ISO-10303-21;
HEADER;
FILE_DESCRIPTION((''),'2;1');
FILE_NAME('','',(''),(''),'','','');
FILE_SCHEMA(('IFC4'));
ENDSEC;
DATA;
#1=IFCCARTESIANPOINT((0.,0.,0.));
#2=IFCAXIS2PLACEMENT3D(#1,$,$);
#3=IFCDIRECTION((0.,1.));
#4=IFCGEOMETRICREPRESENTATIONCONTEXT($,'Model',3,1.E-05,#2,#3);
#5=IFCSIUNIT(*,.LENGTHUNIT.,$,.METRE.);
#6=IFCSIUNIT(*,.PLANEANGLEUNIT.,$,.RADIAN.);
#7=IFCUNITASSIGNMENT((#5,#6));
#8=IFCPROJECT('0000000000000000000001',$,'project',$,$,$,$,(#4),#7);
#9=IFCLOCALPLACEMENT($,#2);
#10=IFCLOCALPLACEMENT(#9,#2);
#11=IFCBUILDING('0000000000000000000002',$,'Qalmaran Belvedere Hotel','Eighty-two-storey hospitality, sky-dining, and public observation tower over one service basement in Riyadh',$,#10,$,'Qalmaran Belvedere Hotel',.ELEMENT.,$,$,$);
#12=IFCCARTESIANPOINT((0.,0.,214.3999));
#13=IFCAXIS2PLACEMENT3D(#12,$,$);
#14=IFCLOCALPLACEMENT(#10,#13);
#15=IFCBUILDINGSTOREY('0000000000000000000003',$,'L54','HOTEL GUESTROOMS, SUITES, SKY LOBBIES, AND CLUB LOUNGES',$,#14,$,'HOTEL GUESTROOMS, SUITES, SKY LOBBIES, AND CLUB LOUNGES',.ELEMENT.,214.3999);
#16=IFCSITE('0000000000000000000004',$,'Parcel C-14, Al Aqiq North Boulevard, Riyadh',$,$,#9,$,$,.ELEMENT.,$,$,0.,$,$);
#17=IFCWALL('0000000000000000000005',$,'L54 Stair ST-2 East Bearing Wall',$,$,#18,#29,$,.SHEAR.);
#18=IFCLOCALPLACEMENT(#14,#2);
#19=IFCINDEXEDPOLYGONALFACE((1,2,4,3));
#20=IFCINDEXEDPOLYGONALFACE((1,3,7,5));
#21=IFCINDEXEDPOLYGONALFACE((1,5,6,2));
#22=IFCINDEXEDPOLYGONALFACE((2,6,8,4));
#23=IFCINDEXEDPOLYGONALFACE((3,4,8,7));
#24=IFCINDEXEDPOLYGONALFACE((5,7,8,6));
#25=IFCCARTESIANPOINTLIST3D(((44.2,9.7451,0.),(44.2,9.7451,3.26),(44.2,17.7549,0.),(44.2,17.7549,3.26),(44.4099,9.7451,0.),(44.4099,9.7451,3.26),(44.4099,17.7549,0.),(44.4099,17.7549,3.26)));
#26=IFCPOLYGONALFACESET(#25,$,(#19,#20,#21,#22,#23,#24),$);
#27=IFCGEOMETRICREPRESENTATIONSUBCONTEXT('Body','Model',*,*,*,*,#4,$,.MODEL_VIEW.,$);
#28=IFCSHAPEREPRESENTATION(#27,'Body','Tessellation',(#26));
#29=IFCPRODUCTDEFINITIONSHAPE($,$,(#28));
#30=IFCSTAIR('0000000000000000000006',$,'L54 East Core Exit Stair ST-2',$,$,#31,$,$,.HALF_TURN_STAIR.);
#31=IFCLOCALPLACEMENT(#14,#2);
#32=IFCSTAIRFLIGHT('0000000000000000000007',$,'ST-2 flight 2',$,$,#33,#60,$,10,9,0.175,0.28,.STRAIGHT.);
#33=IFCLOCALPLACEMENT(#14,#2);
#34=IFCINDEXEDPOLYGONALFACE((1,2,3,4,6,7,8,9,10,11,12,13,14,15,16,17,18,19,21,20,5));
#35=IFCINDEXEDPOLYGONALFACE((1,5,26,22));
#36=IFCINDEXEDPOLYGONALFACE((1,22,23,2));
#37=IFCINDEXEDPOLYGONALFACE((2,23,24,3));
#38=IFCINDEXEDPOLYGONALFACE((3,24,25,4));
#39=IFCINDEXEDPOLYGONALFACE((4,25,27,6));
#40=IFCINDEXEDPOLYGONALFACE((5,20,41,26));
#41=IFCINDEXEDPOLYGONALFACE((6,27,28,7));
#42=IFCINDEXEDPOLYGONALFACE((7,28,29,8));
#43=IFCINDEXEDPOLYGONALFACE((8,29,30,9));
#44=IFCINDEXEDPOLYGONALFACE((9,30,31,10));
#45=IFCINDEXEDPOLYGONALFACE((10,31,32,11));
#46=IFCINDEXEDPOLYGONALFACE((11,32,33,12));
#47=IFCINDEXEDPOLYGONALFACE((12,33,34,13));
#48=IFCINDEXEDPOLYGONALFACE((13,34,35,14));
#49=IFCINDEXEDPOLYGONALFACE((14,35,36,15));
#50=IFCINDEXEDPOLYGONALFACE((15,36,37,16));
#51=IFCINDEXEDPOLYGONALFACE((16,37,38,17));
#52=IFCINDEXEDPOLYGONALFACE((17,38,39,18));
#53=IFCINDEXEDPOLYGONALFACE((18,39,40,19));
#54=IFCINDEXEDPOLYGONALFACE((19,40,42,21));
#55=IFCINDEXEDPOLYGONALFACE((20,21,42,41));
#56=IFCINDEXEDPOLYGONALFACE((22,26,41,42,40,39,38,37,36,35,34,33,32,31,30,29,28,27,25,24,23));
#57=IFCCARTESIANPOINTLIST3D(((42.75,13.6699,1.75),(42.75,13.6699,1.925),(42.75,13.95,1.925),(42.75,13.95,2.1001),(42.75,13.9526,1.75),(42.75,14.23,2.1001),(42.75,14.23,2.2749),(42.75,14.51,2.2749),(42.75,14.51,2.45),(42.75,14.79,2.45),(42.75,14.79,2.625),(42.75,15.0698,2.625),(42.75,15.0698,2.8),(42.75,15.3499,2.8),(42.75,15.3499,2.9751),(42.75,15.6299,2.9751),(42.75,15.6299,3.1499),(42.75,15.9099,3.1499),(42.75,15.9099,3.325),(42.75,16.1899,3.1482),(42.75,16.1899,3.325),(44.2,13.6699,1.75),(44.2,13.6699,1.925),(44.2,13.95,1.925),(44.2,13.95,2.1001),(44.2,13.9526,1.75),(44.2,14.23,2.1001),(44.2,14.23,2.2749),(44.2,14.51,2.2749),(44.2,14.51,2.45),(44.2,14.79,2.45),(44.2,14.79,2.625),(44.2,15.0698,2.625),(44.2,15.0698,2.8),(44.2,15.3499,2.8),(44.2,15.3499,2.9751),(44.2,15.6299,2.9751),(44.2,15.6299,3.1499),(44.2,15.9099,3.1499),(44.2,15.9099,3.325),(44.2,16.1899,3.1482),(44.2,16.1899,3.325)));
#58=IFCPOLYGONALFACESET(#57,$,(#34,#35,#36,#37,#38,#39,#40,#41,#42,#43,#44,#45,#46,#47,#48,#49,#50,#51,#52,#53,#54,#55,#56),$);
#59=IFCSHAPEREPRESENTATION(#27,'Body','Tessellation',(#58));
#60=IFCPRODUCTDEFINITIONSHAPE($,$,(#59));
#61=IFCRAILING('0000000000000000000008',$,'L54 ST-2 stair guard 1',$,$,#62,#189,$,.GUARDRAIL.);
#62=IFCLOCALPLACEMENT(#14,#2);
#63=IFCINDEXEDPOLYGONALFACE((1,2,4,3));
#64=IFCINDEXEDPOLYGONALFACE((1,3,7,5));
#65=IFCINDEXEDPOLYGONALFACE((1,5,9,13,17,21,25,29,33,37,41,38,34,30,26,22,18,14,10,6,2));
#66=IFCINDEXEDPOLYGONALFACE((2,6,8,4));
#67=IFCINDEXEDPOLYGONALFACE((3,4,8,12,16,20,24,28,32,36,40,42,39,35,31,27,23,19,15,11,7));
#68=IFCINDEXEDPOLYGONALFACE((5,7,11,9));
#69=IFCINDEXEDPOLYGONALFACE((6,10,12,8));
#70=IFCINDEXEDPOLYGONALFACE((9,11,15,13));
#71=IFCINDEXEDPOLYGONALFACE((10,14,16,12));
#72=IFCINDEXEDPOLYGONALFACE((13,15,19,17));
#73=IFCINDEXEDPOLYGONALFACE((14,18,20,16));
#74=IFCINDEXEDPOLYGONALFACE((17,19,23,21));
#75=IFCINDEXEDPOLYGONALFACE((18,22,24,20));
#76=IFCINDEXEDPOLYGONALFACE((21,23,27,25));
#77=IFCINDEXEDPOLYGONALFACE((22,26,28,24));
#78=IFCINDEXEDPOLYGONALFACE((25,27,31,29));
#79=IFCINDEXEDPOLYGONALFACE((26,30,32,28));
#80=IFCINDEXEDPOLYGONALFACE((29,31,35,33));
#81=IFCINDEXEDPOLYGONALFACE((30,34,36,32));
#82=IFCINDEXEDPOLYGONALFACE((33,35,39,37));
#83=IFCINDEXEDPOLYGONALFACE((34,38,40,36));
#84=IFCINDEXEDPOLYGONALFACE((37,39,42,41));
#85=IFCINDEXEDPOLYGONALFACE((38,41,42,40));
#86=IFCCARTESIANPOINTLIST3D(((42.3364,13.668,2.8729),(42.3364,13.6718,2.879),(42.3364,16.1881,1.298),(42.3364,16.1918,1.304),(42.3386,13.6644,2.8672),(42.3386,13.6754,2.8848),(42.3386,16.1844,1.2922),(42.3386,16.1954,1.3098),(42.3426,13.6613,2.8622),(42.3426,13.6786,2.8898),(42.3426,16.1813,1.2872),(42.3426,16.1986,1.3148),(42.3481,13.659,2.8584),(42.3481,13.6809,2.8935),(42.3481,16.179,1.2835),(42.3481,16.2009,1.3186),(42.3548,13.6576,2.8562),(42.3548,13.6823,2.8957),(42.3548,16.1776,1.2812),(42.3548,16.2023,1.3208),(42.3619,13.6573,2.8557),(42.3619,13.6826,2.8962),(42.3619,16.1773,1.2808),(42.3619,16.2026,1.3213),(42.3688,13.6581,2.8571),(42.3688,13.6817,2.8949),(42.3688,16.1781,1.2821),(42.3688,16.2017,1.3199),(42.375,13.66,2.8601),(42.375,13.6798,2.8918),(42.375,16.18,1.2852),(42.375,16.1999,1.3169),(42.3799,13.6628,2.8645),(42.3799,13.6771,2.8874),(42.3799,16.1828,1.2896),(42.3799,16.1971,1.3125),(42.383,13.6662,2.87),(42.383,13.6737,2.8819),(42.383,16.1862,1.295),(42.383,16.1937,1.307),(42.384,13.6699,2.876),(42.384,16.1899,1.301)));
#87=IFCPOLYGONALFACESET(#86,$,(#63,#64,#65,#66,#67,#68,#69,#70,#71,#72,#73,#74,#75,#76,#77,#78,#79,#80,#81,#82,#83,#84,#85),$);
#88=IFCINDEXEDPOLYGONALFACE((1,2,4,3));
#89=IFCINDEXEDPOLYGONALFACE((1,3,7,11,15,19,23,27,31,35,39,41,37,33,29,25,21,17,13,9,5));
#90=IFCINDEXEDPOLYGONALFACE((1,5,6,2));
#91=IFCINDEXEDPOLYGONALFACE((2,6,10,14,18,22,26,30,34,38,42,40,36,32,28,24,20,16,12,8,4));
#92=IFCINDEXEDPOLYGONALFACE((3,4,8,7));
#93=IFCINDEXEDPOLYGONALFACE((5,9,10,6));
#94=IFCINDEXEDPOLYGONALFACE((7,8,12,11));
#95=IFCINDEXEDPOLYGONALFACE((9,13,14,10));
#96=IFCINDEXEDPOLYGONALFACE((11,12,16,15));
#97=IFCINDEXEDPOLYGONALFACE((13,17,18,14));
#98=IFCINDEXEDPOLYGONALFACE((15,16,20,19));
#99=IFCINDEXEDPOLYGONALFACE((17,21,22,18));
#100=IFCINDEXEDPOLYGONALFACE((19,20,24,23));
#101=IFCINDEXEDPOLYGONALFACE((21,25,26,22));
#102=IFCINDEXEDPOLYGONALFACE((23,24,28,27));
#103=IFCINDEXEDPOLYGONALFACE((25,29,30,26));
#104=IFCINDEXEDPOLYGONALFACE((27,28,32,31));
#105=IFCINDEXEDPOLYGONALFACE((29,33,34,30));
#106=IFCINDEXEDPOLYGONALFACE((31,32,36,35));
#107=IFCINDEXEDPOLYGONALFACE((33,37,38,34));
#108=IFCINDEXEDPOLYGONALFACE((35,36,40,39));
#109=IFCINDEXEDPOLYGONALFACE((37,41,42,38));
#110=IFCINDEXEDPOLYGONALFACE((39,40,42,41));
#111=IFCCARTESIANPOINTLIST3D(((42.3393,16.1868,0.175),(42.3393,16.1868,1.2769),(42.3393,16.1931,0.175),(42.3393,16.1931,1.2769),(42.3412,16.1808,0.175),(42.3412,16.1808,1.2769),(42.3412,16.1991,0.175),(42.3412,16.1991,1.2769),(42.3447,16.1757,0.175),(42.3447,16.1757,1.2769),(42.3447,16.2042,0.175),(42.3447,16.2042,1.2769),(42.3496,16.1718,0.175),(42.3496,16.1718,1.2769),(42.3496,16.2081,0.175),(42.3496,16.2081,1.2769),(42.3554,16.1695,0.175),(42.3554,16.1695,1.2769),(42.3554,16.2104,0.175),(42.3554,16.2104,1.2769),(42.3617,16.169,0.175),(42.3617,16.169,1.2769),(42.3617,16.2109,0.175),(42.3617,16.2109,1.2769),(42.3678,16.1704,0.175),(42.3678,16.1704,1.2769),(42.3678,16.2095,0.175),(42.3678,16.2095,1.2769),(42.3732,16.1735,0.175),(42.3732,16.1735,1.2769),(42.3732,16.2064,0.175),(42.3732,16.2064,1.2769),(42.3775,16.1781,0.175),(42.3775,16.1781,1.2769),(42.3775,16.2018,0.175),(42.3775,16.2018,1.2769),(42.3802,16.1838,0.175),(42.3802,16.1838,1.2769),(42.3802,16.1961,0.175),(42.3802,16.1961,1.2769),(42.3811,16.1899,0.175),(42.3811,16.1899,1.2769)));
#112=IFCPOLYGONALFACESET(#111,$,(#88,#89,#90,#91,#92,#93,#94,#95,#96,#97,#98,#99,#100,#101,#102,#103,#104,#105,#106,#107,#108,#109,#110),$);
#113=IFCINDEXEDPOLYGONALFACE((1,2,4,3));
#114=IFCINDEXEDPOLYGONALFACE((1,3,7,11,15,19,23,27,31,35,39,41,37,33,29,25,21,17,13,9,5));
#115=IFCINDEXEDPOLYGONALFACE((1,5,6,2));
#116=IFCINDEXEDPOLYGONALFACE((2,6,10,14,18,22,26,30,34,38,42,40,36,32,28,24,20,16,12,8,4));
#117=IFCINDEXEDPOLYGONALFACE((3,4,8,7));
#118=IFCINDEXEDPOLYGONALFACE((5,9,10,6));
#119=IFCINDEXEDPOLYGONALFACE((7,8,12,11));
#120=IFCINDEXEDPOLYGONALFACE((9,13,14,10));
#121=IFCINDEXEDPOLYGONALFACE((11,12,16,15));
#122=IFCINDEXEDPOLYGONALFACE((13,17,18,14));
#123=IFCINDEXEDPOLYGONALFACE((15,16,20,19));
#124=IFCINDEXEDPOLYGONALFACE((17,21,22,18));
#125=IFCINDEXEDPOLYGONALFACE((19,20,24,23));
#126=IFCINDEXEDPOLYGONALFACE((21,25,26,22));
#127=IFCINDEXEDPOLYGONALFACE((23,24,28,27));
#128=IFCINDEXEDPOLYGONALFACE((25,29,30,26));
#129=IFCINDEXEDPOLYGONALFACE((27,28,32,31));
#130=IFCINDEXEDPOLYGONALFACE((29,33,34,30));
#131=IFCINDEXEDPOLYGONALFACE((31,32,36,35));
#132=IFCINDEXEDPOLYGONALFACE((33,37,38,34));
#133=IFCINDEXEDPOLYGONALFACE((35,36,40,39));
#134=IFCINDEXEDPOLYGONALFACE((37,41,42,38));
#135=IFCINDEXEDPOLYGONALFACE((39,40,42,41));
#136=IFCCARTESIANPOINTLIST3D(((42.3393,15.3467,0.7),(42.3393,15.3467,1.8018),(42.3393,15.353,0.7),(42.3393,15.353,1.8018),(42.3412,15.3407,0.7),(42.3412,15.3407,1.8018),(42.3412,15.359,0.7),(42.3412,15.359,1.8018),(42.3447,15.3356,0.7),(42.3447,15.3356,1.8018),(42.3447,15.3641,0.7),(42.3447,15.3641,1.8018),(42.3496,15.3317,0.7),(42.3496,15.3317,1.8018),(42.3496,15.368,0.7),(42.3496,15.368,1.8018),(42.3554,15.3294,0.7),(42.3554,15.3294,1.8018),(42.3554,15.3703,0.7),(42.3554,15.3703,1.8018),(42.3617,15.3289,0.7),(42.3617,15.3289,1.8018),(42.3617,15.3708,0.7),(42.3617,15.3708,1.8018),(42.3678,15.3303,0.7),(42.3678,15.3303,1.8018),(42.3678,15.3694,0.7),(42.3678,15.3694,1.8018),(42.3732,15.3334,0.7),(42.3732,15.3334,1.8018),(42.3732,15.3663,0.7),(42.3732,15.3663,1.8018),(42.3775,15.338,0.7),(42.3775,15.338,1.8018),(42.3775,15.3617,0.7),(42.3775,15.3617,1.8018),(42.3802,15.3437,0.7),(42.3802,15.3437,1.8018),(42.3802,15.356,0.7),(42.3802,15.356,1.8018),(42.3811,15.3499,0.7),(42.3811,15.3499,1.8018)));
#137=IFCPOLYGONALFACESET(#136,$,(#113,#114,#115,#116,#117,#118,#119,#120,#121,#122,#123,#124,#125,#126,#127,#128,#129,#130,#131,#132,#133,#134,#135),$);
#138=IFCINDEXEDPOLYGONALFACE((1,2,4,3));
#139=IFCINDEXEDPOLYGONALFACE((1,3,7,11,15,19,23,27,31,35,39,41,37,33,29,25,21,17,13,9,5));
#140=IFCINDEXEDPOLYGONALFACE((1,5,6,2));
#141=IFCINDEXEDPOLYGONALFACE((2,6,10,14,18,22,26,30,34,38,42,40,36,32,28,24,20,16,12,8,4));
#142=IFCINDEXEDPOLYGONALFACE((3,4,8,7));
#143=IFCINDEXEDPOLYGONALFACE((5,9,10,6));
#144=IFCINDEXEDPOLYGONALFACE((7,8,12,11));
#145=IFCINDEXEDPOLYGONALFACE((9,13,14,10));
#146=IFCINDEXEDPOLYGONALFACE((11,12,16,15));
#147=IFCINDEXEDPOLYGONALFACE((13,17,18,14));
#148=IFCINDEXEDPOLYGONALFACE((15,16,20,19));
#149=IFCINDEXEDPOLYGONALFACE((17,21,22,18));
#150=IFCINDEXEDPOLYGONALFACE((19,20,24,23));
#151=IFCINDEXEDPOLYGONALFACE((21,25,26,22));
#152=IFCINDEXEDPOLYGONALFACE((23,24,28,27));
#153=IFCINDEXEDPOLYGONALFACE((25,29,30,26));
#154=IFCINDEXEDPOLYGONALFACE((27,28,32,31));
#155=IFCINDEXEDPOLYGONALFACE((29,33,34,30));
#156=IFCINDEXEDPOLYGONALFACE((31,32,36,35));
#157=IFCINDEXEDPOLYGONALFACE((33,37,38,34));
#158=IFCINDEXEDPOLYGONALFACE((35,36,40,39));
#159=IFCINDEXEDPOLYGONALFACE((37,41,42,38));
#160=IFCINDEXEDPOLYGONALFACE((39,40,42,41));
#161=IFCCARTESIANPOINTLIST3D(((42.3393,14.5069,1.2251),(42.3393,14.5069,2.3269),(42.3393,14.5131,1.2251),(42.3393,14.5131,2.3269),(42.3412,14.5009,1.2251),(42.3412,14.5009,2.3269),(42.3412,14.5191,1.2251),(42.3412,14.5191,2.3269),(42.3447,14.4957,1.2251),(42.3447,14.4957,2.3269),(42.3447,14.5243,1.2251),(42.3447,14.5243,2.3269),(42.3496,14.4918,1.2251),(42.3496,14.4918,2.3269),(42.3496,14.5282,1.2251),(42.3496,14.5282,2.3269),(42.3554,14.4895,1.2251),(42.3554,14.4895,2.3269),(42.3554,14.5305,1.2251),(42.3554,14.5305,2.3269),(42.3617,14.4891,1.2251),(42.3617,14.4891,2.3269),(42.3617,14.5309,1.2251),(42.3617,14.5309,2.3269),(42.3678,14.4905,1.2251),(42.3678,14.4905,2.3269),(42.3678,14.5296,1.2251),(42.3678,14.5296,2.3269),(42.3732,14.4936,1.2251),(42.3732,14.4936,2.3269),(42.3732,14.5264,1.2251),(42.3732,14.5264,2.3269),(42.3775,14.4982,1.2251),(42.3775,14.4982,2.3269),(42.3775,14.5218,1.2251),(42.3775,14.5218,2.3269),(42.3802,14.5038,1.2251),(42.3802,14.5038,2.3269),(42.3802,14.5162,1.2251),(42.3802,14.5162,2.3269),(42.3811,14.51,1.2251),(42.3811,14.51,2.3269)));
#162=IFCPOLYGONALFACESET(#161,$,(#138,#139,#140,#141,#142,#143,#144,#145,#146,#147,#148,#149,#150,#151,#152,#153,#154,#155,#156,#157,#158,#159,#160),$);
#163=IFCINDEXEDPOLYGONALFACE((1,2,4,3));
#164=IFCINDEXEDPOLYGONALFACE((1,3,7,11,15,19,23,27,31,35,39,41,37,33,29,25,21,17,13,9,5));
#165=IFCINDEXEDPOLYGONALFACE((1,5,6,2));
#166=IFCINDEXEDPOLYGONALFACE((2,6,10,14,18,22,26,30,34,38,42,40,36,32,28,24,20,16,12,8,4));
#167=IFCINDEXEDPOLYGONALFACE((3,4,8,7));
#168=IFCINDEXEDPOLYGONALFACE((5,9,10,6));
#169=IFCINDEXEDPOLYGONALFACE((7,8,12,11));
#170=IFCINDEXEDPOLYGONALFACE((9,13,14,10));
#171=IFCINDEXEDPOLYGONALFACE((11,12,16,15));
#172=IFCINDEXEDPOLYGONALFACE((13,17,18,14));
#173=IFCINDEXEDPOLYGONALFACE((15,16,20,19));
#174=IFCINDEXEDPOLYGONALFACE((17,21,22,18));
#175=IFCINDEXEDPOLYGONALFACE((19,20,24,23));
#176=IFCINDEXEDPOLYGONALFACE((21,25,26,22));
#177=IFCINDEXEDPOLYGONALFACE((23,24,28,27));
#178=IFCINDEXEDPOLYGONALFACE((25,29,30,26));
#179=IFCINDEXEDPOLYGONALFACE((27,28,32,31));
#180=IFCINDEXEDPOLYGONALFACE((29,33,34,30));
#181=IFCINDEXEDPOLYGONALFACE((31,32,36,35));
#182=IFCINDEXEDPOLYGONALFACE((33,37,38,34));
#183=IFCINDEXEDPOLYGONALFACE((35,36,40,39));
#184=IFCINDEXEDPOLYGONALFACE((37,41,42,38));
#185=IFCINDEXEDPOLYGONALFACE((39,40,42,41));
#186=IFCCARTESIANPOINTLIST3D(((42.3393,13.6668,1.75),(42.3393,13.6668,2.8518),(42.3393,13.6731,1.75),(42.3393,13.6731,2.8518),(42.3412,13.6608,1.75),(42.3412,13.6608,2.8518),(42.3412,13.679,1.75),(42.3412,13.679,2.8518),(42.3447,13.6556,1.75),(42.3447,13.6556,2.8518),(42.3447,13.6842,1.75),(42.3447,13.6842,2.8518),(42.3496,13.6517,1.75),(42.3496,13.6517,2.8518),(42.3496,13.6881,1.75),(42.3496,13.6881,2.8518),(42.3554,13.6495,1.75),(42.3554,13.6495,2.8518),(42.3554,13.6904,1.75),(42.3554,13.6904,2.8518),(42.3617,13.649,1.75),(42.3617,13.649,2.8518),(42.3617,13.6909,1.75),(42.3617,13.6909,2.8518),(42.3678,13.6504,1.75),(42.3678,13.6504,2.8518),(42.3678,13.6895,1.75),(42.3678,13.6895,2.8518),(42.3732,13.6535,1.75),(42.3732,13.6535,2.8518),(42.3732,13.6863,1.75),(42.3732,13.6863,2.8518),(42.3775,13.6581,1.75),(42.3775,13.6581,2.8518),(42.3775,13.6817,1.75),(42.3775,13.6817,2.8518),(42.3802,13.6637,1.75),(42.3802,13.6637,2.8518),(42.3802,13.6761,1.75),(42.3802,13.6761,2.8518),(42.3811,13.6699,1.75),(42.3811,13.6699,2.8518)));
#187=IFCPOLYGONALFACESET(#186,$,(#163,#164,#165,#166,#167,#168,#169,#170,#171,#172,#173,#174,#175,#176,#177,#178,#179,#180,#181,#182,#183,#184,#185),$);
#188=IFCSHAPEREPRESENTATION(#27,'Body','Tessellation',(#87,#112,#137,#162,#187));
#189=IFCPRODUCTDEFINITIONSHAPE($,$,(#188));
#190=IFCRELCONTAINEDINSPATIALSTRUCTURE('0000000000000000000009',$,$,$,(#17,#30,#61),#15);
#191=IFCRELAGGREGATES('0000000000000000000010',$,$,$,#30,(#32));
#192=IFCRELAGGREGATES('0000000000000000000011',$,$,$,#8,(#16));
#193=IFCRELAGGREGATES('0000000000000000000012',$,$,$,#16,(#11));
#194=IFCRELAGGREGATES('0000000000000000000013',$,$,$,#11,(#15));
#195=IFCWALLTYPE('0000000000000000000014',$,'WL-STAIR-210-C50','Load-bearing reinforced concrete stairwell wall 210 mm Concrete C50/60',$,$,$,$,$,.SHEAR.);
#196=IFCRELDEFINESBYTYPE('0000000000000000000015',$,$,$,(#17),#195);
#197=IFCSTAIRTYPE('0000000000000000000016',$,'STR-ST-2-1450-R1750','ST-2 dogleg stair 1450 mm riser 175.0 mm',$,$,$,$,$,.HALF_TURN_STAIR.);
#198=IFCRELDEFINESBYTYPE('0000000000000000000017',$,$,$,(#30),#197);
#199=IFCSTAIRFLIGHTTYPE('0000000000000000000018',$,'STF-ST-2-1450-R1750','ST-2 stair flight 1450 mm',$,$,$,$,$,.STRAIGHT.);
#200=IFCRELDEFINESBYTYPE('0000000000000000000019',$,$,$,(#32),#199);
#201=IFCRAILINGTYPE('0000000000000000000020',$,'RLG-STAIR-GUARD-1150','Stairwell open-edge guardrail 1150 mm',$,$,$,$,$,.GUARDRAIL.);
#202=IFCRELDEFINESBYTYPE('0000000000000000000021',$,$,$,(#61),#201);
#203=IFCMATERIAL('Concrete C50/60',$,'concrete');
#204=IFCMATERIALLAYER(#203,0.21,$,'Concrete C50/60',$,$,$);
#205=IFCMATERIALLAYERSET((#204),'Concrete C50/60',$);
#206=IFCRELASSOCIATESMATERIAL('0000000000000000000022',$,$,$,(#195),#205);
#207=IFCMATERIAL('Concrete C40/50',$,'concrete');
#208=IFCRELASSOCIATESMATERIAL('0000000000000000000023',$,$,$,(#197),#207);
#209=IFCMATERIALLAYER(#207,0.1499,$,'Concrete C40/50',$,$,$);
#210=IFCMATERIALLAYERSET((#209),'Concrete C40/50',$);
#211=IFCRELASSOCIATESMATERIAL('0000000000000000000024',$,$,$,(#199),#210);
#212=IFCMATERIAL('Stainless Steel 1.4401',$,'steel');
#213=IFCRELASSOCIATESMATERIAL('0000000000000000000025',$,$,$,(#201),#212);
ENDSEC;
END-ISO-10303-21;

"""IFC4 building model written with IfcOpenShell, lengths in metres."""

from ifc_helpers import new_model, si_unit, direction, frame, frame_2d, origin, origin_2d, place, context, subcontext, project, spatial, polyline, rectangle, circle, outline, extrude, material, layer, layer_set, type_object, element, aggregate, save


model = new_model("IFC4")

# Units and contexts
model_context = context("Model", 3, precision=1e-05, world=origin(), true_north=direction((0.0, 1.0)))
body_context = subcontext(model_context, "Body", "Model", "MODEL_VIEW")
ifc_project = project(units=[si_unit("LENGTHUNIT", "METRE"), si_unit("PLANEANGLEUNIT", "RADIAN")], contexts=[model_context])

# Site, building, storey
site_placement = place(None, origin())
site = spatial("IfcSite", under=ifc_project, at=site_placement, Name="Parcel C-14, Al Aqiq North Boulevard, Riyadh", CompositionType="ELEMENT", RefElevation=0.0)
building_placement = place(site_placement, origin())
building = spatial("IfcBuilding", under=site, at=building_placement, Name="Qalmaran Belvedere Hotel", Description="Eighty-two-storey hospitality, sky-dining, and public observation tower over one service basement in Riyadh", LongName="Qalmaran Belvedere Hotel", CompositionType="ELEMENT")
storey_placement = place(building_placement, frame((0.0, 0.0, 214.3999)))
storey = spatial("IfcBuildingStorey", under=building, at=storey_placement, Name="L54", Description="HOTEL GUESTROOMS, SUITES, SKY LOBBIES, AND CLUB LOUNGES", LongName="HOTEL GUESTROOMS, SUITES, SKY LOBBIES, AND CLUB LOUNGES", CompositionType="ELEMENT", Elevation=214.3999)

# Shared definitions
ifc_material_1 = material(Name="Concrete C50/60", Category="concrete")

# Wall
ifc_layer_1 = layer(ifc_material_1, 0.21, Name="Concrete C50/60")
ifc_layer_set_1 = layer_set([ifc_layer_1], Name="Concrete C50/60")
wall_type_1 = type_object("IfcWallType", Name="WL-STAIR-210-C50", Description="Load-bearing reinforced concrete stairwell wall 210 mm Concrete C50/60", PredefinedType="SHEAR", material=ifc_layer_set_1)
wall_1_placement = place(storey_placement, frame((44.3049, 9.7451, 0.0), z_axis=(0.0, 0.0, 1.0), x_axis=(0.0, 1.0, 0.0)))
element("IfcWall", 1, at=wall_1_placement, inside=storey, type_object=wall_type_1, Name="L54 Stair ST-2 East Bearing Wall", PredefinedType="SHEAR", context=body_context, shape_type="SweptSolid", body=[
    extrude(rectangle(XDim=8.0098, YDim=0.21, at=frame_2d((4.0049, 0.0))), origin(), (0.0, 0.0, 1.0), 3.26),
])

# Stair, stair flight
ifc_material_2 = material(Name="Concrete C40/50", Category="concrete")
stair_type = type_object("IfcStairType", Name="STR-ST-2-1450-R1750", Description="ST-2 dogleg stair 1450 mm riser 175.0 mm", PredefinedType="HALF_TURN_STAIR", material=ifc_material_2)
stair_placement = place(storey_placement, origin())
stair = element("IfcStair", 2, at=stair_placement, inside=storey, type_object=stair_type, Name="L54 East Core Exit Stair ST-2", PredefinedType="HALF_TURN_STAIR")
ifc_layer_2 = layer(ifc_material_2, 0.1499, Name="Concrete C40/50")
ifc_layer_set_2 = layer_set([ifc_layer_2], Name="Concrete C40/50")
stair_flight_type = type_object("IfcStairFlightType", Name="STF-ST-2-1450-R1750", Description="ST-2 stair flight 1450 mm", PredefinedType="STRAIGHT", material=ifc_layer_set_2)
stair_flight_placement = place(storey_placement, frame((43.4751, 13.6699, 1.75), z_axis=(0.0, 0.0, 1.0), x_axis=(0.0, 1.0, 0.0)))
stair_flight = element("IfcStairFlight", 3, at=stair_flight_placement, type_object=stair_flight_type, Name="ST-2 flight 2", NumberOfRisers=10, NumberOfTreads=9, PredefinedType="STRAIGHT", RiserHeight=0.175, TreadLength=0.28, context=body_context, shape_type="SweptSolid", body=[
    extrude(outline(polyline([(0.0, 0.0), (0.0, 0.175), (0.28, 0.175), (0.28, 0.3501), (0.5601, 0.3501), (0.5601, 0.5249), (0.8401, 0.5249), (0.8401, 0.7), (1.1201, 0.7), (1.1201, 0.875), (1.3999, 0.875), (1.3999, 1.05), (1.6799, 1.05), (1.6799, 1.2251), (1.96, 1.2251), (1.96, 1.3999), (2.24, 1.3999), (2.24, 1.575), (2.52, 1.575), (2.52, 1.75), (2.52, 1.3982), (0.2827, 0.0), (0.0, 0.0)])), frame((0.0, 0.7251, 0.0), z_axis=(0.0, -1.0, 0.0), x_axis=(1.0, 0.0, 0.0)), (0.0, 0.0, 1.0), 1.45),
])
aggregate(stair, [stair_flight])

# Railing
ifc_material_3 = material(Name="Stainless Steel 1.4401", Category="steel")
railing_type_1 = type_object("IfcRailingType", Name="RLG-STAIR-GUARD-1150", Description="Stairwell open-edge guardrail 1150 mm", PredefinedType="GUARDRAIL", material=ifc_material_3)
railing_1_placement = place(storey_placement, frame((42.3601, 16.1899, 0.175)))
element("IfcRailing", 4, at=railing_1_placement, inside=storey, type_object=railing_type_1, Name="L54 ST-2 stair guard 1", PredefinedType="GUARDRAIL", context=body_context, shape_type="SweptSolid", body=[
    extrude(circle(Radius=0.0239, at=origin_2d()), frame((0.0, 0.0, 1.126), z_axis=(0.0, -0.848008, 0.529984), x_axis=(1.0, 0.0, 0.0)), (0.0, 0.0, 1.0), 2.9717),
    extrude(circle(Radius=0.021, at=origin_2d()), origin(), (0.0, 0.0, 1.0), 1.1018),
    extrude(circle(Radius=0.021, at=origin_2d()), frame((0.0, -0.8401, 0.5249)), (0.0, 0.0, 1.0), 1.1018),
    extrude(circle(Radius=0.021, at=origin_2d()), frame((0.0, -1.6799, 1.05)), (0.0, 0.0, 1.0), 1.1018),
    extrude(circle(Radius=0.021, at=origin_2d()), frame((0.0, -2.52, 1.575)), (0.0, 0.0, 1.0), 1.1018),
])

save(model, "model.ifc")
